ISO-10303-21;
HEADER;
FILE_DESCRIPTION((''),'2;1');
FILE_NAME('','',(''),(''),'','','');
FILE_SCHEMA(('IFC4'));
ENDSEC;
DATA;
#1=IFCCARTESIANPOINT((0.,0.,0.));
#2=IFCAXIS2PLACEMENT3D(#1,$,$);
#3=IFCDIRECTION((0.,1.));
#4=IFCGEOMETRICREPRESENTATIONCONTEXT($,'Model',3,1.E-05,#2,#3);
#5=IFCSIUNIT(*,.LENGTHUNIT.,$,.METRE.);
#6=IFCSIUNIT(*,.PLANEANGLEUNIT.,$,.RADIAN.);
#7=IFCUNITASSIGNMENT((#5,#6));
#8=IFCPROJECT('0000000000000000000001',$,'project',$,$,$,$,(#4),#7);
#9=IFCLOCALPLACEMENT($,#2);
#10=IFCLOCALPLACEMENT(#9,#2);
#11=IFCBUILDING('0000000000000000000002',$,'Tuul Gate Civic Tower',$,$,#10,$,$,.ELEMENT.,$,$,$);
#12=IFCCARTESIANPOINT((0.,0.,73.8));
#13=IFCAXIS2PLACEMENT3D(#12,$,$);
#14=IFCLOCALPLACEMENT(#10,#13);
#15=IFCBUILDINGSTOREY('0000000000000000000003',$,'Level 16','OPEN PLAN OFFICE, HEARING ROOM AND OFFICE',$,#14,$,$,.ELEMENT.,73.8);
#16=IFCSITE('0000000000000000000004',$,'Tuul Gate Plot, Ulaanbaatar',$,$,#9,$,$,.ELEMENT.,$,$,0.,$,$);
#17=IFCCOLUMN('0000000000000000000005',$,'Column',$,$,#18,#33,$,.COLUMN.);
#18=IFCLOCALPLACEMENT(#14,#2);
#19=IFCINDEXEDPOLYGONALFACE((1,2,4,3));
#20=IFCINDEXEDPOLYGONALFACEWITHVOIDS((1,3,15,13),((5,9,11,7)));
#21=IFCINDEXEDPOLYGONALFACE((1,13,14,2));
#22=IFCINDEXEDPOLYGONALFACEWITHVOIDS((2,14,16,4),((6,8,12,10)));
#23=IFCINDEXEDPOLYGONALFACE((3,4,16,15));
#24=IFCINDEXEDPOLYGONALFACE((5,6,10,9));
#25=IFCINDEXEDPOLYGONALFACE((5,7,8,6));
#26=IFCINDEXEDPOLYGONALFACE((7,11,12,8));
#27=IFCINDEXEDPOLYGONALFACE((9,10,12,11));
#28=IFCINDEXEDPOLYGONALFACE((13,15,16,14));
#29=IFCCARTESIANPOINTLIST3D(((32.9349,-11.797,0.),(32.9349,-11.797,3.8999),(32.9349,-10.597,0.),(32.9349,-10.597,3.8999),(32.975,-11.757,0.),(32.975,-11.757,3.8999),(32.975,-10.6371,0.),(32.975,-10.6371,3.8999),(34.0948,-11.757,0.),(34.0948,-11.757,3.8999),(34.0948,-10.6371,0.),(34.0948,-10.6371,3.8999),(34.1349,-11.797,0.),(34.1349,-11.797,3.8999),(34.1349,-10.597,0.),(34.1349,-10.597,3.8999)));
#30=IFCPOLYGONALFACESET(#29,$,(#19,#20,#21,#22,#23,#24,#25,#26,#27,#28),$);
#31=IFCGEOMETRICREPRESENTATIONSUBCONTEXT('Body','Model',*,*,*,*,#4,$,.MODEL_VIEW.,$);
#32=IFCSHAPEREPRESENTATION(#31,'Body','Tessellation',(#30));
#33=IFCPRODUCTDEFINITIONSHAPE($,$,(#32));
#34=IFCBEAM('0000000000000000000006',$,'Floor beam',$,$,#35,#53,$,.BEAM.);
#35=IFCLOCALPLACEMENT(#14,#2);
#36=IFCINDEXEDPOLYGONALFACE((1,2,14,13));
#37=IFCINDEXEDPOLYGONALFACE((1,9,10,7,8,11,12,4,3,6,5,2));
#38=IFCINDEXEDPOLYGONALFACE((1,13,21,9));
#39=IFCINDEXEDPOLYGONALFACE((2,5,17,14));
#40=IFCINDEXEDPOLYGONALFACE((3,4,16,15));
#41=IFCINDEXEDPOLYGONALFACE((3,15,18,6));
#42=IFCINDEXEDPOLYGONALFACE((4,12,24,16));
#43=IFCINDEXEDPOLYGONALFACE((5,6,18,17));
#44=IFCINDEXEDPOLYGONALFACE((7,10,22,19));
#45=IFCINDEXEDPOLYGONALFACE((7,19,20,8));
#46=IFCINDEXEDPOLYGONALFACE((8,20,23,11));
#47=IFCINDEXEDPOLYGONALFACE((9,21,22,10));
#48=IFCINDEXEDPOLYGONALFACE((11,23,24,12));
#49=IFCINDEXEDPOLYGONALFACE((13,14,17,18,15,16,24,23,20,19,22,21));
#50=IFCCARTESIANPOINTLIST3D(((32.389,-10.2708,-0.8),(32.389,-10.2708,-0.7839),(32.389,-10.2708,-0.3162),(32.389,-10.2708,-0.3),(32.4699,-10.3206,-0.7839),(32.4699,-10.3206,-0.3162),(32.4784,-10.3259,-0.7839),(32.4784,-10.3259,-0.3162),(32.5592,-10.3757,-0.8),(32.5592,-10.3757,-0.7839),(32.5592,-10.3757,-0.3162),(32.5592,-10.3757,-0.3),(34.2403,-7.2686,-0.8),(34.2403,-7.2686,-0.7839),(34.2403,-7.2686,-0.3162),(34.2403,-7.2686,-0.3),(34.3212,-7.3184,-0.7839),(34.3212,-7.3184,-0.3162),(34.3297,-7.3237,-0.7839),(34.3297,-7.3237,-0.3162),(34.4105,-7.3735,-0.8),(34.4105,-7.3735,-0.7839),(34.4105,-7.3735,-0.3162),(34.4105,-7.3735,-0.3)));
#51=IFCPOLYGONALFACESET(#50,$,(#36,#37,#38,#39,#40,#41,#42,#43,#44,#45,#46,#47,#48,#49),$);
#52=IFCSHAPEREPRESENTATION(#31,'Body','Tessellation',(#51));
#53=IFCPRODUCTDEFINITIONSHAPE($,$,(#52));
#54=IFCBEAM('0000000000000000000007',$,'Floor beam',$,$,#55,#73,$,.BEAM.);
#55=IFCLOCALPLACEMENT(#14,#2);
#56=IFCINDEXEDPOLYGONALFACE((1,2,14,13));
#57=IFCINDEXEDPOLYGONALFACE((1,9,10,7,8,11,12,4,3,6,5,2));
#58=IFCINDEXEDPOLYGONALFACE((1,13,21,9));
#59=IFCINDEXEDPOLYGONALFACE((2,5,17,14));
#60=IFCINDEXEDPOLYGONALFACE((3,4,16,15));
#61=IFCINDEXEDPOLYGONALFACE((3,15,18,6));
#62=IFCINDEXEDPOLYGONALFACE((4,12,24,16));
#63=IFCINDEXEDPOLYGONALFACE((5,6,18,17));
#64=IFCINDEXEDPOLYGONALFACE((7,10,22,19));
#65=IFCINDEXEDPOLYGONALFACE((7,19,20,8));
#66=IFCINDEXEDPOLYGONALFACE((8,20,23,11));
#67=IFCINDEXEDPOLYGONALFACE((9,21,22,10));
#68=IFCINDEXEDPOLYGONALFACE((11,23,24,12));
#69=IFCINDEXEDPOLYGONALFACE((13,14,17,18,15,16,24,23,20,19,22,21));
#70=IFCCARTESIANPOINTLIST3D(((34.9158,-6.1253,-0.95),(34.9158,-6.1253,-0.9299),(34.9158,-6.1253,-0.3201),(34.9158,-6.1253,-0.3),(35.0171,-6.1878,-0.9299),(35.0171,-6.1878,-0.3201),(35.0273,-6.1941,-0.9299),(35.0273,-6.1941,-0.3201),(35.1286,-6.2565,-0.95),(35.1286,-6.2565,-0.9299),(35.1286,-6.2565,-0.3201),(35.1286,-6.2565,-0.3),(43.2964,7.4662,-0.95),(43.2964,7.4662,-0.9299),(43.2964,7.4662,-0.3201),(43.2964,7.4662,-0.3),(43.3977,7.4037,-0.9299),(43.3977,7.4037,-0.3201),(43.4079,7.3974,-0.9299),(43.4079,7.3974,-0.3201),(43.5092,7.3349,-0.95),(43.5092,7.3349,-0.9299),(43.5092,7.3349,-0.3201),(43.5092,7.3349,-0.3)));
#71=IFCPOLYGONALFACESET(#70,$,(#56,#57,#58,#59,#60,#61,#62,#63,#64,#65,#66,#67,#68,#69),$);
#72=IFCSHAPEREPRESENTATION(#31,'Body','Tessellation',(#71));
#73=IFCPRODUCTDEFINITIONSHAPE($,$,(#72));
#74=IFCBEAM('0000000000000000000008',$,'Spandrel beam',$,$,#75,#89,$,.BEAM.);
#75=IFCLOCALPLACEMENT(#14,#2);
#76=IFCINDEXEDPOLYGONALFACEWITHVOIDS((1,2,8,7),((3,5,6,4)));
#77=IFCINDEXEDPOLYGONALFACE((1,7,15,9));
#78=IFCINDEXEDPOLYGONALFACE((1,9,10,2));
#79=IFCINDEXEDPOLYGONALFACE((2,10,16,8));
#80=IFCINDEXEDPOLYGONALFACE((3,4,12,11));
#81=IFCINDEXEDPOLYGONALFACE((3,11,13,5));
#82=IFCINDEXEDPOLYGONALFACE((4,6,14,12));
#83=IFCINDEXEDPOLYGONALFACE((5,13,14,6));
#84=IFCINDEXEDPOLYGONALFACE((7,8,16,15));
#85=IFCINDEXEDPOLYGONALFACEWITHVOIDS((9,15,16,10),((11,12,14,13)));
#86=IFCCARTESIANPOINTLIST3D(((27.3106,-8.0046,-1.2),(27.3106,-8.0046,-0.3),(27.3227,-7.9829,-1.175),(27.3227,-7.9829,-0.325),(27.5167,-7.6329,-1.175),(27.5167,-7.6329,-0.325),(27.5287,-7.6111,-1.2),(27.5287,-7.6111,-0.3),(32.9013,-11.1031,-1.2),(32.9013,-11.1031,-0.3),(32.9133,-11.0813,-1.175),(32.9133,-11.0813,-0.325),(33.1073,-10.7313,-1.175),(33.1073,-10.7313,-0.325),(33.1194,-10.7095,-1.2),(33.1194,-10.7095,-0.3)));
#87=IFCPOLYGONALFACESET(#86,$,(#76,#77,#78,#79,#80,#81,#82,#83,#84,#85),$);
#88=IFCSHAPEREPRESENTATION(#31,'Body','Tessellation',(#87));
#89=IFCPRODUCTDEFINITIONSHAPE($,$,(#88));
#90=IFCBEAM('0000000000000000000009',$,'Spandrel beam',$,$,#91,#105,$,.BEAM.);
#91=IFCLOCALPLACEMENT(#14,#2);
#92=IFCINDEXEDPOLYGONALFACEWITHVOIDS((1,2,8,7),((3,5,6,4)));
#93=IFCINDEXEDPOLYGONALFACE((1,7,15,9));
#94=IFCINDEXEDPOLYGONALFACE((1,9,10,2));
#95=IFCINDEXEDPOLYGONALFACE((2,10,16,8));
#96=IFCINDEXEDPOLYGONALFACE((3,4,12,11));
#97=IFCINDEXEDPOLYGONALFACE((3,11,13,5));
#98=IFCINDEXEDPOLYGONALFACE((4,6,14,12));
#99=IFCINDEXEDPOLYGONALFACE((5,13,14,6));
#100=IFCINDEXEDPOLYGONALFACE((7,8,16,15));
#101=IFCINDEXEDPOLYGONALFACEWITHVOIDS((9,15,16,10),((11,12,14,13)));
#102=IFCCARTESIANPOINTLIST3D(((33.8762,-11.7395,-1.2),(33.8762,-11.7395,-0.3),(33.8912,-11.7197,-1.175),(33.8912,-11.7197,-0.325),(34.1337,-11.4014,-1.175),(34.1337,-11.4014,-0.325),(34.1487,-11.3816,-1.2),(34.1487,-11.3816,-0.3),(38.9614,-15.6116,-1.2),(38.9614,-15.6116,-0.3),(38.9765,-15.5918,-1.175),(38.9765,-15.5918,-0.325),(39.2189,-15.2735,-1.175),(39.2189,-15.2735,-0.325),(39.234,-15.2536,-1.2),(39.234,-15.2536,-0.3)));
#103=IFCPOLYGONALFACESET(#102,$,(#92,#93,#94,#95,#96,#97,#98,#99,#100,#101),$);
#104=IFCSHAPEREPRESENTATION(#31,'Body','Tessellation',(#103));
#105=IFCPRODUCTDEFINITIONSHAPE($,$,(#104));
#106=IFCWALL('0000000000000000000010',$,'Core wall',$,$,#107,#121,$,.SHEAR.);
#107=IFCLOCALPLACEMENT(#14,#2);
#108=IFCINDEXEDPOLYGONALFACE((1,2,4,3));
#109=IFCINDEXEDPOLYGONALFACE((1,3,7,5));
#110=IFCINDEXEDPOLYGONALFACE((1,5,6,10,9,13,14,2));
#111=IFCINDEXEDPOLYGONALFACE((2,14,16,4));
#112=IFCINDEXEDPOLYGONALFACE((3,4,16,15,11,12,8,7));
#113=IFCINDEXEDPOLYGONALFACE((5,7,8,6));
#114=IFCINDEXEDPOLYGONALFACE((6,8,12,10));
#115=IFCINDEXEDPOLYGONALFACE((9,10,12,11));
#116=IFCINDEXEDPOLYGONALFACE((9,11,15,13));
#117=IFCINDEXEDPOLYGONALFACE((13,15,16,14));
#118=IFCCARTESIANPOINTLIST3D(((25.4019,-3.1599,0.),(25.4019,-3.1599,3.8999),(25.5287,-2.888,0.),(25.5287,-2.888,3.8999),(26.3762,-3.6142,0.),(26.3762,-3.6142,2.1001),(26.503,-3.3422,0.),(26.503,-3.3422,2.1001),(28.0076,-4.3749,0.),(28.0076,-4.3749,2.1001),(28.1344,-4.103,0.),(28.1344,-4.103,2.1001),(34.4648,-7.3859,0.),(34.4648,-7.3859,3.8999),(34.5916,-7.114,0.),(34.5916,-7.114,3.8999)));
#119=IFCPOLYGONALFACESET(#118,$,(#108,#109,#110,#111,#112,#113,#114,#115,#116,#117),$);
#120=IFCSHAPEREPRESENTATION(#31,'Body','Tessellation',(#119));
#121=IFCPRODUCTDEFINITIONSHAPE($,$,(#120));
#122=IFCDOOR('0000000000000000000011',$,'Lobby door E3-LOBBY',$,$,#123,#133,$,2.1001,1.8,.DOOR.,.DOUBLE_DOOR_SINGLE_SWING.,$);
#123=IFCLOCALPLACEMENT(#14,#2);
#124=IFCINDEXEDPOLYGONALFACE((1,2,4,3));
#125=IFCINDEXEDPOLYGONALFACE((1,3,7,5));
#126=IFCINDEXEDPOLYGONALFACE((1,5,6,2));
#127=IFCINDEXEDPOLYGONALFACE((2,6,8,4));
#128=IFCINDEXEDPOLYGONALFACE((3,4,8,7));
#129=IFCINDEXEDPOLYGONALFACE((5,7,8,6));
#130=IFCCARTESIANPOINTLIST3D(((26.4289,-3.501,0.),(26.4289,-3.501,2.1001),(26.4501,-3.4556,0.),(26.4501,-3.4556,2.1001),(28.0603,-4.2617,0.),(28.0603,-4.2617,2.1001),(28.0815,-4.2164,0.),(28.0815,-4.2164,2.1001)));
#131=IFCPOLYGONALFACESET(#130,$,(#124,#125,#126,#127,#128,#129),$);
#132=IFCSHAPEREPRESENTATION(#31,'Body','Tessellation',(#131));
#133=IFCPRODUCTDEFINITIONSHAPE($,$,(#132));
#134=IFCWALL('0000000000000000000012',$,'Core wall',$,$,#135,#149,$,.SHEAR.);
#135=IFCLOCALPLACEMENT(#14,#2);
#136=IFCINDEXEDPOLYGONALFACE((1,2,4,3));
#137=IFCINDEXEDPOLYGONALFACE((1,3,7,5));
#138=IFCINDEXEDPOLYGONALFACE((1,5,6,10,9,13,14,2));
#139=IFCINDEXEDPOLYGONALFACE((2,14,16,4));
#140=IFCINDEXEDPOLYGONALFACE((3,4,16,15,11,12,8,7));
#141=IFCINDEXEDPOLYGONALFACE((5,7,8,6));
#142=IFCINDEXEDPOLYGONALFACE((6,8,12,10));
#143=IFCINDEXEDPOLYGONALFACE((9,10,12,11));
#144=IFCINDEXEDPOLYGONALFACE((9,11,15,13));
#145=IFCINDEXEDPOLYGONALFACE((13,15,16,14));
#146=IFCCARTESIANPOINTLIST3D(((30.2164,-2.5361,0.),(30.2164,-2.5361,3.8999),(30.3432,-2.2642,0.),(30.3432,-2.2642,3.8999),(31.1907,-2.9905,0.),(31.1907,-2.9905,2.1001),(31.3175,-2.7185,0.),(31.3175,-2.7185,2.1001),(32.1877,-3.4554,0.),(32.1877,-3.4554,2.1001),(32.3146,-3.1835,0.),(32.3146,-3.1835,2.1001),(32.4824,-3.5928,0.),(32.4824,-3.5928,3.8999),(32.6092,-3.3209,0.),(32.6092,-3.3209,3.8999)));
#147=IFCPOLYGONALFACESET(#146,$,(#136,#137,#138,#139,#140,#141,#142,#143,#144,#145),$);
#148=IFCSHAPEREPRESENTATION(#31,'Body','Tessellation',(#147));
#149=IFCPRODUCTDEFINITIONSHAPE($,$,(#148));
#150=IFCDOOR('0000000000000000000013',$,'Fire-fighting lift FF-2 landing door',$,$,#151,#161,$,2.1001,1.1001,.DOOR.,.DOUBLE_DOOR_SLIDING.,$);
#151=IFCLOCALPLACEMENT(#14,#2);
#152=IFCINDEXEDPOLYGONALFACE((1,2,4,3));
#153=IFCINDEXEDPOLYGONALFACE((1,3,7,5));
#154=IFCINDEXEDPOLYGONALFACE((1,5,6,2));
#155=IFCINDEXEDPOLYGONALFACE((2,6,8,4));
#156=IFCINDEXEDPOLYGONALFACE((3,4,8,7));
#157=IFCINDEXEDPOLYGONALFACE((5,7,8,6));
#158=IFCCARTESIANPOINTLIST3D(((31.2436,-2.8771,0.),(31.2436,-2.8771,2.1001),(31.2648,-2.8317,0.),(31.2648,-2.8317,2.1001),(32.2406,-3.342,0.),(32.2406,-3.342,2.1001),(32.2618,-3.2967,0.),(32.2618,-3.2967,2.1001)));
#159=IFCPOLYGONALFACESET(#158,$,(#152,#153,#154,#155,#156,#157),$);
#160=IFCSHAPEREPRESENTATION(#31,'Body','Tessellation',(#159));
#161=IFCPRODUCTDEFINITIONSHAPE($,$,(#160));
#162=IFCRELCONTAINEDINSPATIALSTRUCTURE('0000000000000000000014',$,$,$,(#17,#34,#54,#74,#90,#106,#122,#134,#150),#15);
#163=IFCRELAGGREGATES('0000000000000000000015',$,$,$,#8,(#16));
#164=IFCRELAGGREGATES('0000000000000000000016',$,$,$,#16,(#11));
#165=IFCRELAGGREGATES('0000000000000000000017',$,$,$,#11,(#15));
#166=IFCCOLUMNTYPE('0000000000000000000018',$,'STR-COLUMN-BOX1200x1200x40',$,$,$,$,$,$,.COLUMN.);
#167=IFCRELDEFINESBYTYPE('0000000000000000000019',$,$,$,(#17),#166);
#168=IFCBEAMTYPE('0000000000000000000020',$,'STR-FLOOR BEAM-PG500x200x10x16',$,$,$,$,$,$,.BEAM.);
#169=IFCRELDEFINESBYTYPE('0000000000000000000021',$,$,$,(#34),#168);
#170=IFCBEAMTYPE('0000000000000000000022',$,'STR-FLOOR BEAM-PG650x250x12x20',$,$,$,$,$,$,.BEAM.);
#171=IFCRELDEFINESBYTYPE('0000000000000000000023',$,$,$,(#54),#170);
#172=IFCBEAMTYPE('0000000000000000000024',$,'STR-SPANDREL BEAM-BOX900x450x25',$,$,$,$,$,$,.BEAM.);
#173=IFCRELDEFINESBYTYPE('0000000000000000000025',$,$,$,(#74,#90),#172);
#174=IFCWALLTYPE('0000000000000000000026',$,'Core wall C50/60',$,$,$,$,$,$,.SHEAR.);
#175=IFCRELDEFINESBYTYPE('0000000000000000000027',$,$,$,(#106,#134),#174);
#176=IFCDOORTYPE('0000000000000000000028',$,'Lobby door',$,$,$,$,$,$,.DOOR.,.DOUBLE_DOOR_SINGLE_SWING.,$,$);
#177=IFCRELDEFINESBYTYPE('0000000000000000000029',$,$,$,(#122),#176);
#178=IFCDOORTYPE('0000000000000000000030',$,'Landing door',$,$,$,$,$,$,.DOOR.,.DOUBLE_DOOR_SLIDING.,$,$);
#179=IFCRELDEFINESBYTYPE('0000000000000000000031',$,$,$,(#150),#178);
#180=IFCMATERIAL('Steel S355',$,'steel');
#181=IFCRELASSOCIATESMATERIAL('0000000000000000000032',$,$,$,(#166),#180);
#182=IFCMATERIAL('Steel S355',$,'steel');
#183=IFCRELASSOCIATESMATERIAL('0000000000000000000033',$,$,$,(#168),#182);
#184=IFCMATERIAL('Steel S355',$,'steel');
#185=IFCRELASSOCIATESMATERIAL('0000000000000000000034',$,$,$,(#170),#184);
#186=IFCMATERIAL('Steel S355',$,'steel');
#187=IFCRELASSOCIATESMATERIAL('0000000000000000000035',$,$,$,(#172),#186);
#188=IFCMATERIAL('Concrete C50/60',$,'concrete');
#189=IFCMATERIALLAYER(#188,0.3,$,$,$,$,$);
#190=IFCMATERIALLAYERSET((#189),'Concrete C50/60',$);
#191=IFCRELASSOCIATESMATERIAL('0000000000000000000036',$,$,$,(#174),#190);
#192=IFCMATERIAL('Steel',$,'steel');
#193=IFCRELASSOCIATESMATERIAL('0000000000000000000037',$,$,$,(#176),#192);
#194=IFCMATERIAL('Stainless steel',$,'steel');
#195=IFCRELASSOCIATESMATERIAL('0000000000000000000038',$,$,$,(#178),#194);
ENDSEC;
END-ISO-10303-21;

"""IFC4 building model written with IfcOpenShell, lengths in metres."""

from ifc_helpers import new_model, si_unit, direction, frame, frame_2d, origin, origin_2d, place, context, subcontext, project, spatial, rectangle, hollow_rectangle, i_section, extrude, material, layer, layer_set, material_profile, profile_set, type_object, element, fill, save


model = new_model("IFC4")

# Units and contexts
model_context = context("Model", 3, precision=1e-05, world=origin(), true_north=direction((0.0, 1.0)))
body_context = subcontext(model_context, "Body", "Model", "MODEL_VIEW")
ifc_project = project(units=[si_unit("LENGTHUNIT", "METRE"), si_unit("PLANEANGLEUNIT", "RADIAN")], contexts=[model_context])

# Site, building, storey
site_placement = place(None, origin())
site = spatial("IfcSite", under=ifc_project, at=site_placement, Name="Tuul Gate Plot, Ulaanbaatar", CompositionType="ELEMENT", RefElevation=0.0)
building_placement = place(site_placement, origin())
building = spatial("IfcBuilding", under=site, at=building_placement, Name="Tuul Gate Civic Tower", CompositionType="ELEMENT")
storey_placement = place(building_placement, frame((0.0, 0.0, 73.8)))
storey = spatial("IfcBuildingStorey", under=building, at=storey_placement, Name="Level 16", Description="OPEN PLAN OFFICE, HEARING ROOM AND OFFICE", CompositionType="ELEMENT", Elevation=73.8)

# Column
ifc_material_1 = material(Name="Steel S355", Category="steel")
ifc_material_profile_1 = material_profile(ifc_material_1, hollow_rectangle(XDim=1.2, YDim=1.2, WallThickness=0.04, at=origin_2d()), Name="BOX1200x1200x40")
ifc_profile_set_1 = profile_set([ifc_material_profile_1], Name="Steel S355")
column_type = type_object("IfcColumnType", Name="STR-COLUMN-BOX1200x1200x40", PredefinedType="COLUMN", material=ifc_profile_set_1)
column_placement = place(storey_placement, frame((33.5349, -11.197, 0.0), z_axis=(0.0, 0.0, 1.0), x_axis=(1.0, 0.0, 0.0)))
element("IfcColumn", 1, at=column_placement, inside=storey, type_object=column_type, Name="Column", PredefinedType="COLUMN", context=body_context, shape_type="SweptSolid", body=[
    extrude(hollow_rectangle(XDim=1.2, YDim=1.2, WallThickness=0.04, at=origin_2d()), origin(), (0.0, 0.0, 1.0), 3.8999),
])

# Beams
ifc_material_2 = material(Name="Steel S355", Category="steel")
ifc_material_profile_2 = material_profile(ifc_material_2, i_section(OverallWidth=0.2, OverallDepth=0.5, WebThickness=0.01, FlangeThickness=0.0161, at=origin_2d()), Name="PG500x200x10x16")
ifc_profile_set_2 = profile_set([ifc_material_profile_2], Name="Steel S355")
beam_type_1 = type_object("IfcBeamType", Name="STR-FLOOR BEAM-PG500x200x10x16", PredefinedType="BEAM", material=ifc_profile_set_2)
beam_1_placement = place(storey_placement, frame((32.4741, -10.3232, -0.55), z_axis=(0.524881, 0.851176, 0.0), x_axis=(-0.851176, 0.524881, 0.0)))
element("IfcBeam", 2, at=beam_1_placement, inside=storey, type_object=beam_type_1, Name="Floor beam", PredefinedType="BEAM", context=body_context, shape_type="SweptSolid", body=[
    extrude(i_section(OverallWidth=0.2, OverallDepth=0.5, WebThickness=0.01, FlangeThickness=0.0161, at=origin_2d()), origin(), (0.0, 0.0, 1.0), 3.5271),
])
ifc_material_3 = material(Name="Steel S355", Category="steel")
ifc_material_profile_3 = material_profile(ifc_material_3, i_section(OverallWidth=0.25, OverallDepth=0.6499, WebThickness=0.012, FlangeThickness=0.02, at=origin_2d()), Name="PG650x250x12x20")
ifc_profile_set_3 = profile_set([ifc_material_profile_3], Name="Steel S355")
beam_type_2 = type_object("IfcBeamType", Name="STR-FLOOR BEAM-PG650x250x12x20", PredefinedType="BEAM", material=ifc_profile_set_3)
beam_2_placement = place(storey_placement, frame((35.0222, -6.1909, -0.625), z_axis=(0.52485, 0.851194, 0.0), x_axis=(-0.851194, 0.52485, 0.0)))
element("IfcBeam", 3, at=beam_2_placement, inside=storey, type_object=beam_type_2, Name="Floor beam", PredefinedType="BEAM", context=body_context, shape_type="SweptSolid", body=[
    extrude(i_section(OverallWidth=0.25, OverallDepth=0.6499, WebThickness=0.012, FlangeThickness=0.02, at=origin_2d()), origin(), (0.0, 0.0, 1.0), 15.9675),
])
ifc_material_4 = material(Name="Steel S355", Category="steel")
ifc_material_profile_4 = material_profile(ifc_material_4, hollow_rectangle(XDim=0.45, YDim=0.8999, WallThickness=0.0249, at=origin_2d()), Name="BOX900x450x25")
ifc_profile_set_4 = profile_set([ifc_material_profile_4], Name="Steel S355")
beam_type_3 = type_object("IfcBeamType", Name="STR-SPANDREL BEAM-BOX900x450x25", PredefinedType="BEAM", material=ifc_profile_set_4)
beam_3_placement = place(storey_placement, frame((27.4197, -7.8079, -0.75), z_axis=(0.874654, -0.484748, 0.0), x_axis=(0.484748, 0.874654, 0.0)))
element("IfcBeam", 4, at=beam_3_placement, inside=storey, type_object=beam_type_3, Name="Spandrel beam", PredefinedType="BEAM", context=body_context, shape_type="SweptSolid", body=[
    extrude(hollow_rectangle(XDim=0.45, YDim=0.8999, WallThickness=0.0249, at=origin_2d()), origin(), (0.0, 0.0, 1.0), 6.3918),
])
beam_4_placement = place(storey_placement, frame((34.0125, -11.5605, -0.75), z_axis=(0.795611, -0.605808, 0.0), x_axis=(0.605808, 0.795611, 0.0)))
element("IfcBeam", 5, at=beam_4_placement, inside=storey, type_object=beam_type_3, Name="Spandrel beam", PredefinedType="BEAM", context=body_context, shape_type="SweptSolid", body=[
    extrude(hollow_rectangle(XDim=0.45, YDim=0.8999, WallThickness=0.0249, at=origin_2d()), origin(), (0.0, 0.0, 1.0), 6.3916),
])

# Walls, openings, doors
ifc_material_5 = material(Name="Concrete C50/60", Category="concrete")
ifc_layer_1 = layer(ifc_material_5, 0.3)
ifc_layer_set_1 = layer_set([ifc_layer_1], Name="Concrete C50/60")
wall_type_1 = type_object("IfcWallType", Name="Core wall C50/60", PredefinedType="SHEAR", material=ifc_layer_set_1)
wall_1_placement = place(storey_placement, frame((34.5283, -7.25, 0.0), z_axis=(0.0, 0.0, 1.0), x_axis=(-0.90631, 0.422613, 0.0)))
wall_1 = element("IfcWall", 6, at=wall_1_placement, inside=storey, type_object=wall_type_1, Name="Core wall", PredefinedType="SHEAR", context=body_context, shape_type="SweptSolid", body=[
    extrude(rectangle(XDim=9.9998, YDim=0.3, at=frame_2d((5.0, 0.0))), origin(), (0.0, 0.0, 1.0), 3.8999),
])
opening_1_placement = place(wall_1_placement, frame((7.125, 0.0, 0.0)))
opening_1 = element("IfcOpeningElement", 7, at=opening_1_placement, cuts=wall_1, PredefinedType="OPENING", context=body_context, shape_type="SweptSolid", body=[
    extrude(rectangle(XDim=1.8, YDim=2.1001, at=frame_2d((0.8999, 1.05))), frame((0.0, 0.1602, 0.0), z_axis=(0.0, -1.0, 0.0), x_axis=(1.0, 0.0, 0.0)), (0.0, 0.0, 1.0), 0.3201),
])
ifc_material_6 = material(Name="Steel", Category="steel")
door_type_1 = type_object("IfcDoorType", Name="Lobby door", OperationType="DOUBLE_DOOR_SINGLE_SWING", PredefinedType="DOOR", material=ifc_material_6)
door_1_placement = place(opening_1_placement, frame((1.8, 0.0, 0.0), z_axis=(0.0, 0.0, 1.0), x_axis=(-1.0, 0.0, 0.0)))
door_1 = element("IfcDoor", 8, at=door_1_placement, inside=storey, type_object=door_type_1, Name="Lobby door E3-LOBBY", OperationType="DOUBLE_DOOR_SINGLE_SWING", OverallHeight=2.1001, OverallWidth=1.8, PredefinedType="DOOR", context=body_context, shape_type="SweptSolid", body=[
    extrude(rectangle(XDim=1.8, YDim=2.1001, at=frame_2d((0.9001, 1.05))), frame((0.0, 0.0249, 0.0), z_axis=(0.0, -1.0, 0.0), x_axis=(1.0, 0.0, 0.0)), (0.0, 0.0, 1.0), 0.05),
])
fill(opening_1, door_1)
wall_2_placement = place(storey_placement, frame((32.5457, -3.4568, 0.0), z_axis=(0.0, 0.0, 1.0), x_axis=(-0.9063, 0.422634, 0.0)))
wall_2 = element("IfcWall", 9, at=wall_2_placement, inside=storey, type_object=wall_type_1, Name="Core wall", PredefinedType="SHEAR", context=body_context, shape_type="SweptSolid", body=[
    extrude(rectangle(XDim=2.5002, YDim=0.3, at=frame_2d((1.25, 0.0))), origin(), (0.0, 0.0, 1.0), 3.8999),
])
opening_2_placement = place(wall_2_placement, frame((0.325, 0.0, 0.0)))
opening_2 = element("IfcOpeningElement", 10, at=opening_2_placement, cuts=wall_2, PredefinedType="OPENING", context=body_context, shape_type="SweptSolid", body=[
    extrude(rectangle(XDim=1.1001, YDim=2.1001, at=frame_2d((0.55, 1.05))), frame((0.0, 0.1602, 0.0), z_axis=(0.0, -1.0, 0.0), x_axis=(1.0, 0.0, 0.0)), (0.0, 0.0, 1.0), 0.3201),
])
ifc_material_7 = material(Name="Stainless steel", Category="steel")
door_type_2 = type_object("IfcDoorType", Name="Landing door", OperationType="DOUBLE_DOOR_SLIDING", PredefinedType="DOOR", material=ifc_material_7)
door_2_placement = place(opening_2_placement, origin())
door_2 = element("IfcDoor", 11, at=door_2_placement, inside=storey, type_object=door_type_2, Name="Fire-fighting lift FF-2 landing door", OperationType="DOUBLE_DOOR_SLIDING", OverallHeight=2.1001, OverallWidth=1.1001, PredefinedType="DOOR", context=body_context, shape_type="SweptSolid", body=[
    extrude(rectangle(XDim=1.1001, YDim=2.1001, at=frame_2d((0.55, 1.05))), frame((0.0, 0.0249, 0.0), z_axis=(0.0, -1.0, 0.0), x_axis=(1.0, 0.0, 0.0)), (0.0, 0.0, 1.0), 0.05),
])
fill(opening_2, door_2)

save(model, "model.ifc")
